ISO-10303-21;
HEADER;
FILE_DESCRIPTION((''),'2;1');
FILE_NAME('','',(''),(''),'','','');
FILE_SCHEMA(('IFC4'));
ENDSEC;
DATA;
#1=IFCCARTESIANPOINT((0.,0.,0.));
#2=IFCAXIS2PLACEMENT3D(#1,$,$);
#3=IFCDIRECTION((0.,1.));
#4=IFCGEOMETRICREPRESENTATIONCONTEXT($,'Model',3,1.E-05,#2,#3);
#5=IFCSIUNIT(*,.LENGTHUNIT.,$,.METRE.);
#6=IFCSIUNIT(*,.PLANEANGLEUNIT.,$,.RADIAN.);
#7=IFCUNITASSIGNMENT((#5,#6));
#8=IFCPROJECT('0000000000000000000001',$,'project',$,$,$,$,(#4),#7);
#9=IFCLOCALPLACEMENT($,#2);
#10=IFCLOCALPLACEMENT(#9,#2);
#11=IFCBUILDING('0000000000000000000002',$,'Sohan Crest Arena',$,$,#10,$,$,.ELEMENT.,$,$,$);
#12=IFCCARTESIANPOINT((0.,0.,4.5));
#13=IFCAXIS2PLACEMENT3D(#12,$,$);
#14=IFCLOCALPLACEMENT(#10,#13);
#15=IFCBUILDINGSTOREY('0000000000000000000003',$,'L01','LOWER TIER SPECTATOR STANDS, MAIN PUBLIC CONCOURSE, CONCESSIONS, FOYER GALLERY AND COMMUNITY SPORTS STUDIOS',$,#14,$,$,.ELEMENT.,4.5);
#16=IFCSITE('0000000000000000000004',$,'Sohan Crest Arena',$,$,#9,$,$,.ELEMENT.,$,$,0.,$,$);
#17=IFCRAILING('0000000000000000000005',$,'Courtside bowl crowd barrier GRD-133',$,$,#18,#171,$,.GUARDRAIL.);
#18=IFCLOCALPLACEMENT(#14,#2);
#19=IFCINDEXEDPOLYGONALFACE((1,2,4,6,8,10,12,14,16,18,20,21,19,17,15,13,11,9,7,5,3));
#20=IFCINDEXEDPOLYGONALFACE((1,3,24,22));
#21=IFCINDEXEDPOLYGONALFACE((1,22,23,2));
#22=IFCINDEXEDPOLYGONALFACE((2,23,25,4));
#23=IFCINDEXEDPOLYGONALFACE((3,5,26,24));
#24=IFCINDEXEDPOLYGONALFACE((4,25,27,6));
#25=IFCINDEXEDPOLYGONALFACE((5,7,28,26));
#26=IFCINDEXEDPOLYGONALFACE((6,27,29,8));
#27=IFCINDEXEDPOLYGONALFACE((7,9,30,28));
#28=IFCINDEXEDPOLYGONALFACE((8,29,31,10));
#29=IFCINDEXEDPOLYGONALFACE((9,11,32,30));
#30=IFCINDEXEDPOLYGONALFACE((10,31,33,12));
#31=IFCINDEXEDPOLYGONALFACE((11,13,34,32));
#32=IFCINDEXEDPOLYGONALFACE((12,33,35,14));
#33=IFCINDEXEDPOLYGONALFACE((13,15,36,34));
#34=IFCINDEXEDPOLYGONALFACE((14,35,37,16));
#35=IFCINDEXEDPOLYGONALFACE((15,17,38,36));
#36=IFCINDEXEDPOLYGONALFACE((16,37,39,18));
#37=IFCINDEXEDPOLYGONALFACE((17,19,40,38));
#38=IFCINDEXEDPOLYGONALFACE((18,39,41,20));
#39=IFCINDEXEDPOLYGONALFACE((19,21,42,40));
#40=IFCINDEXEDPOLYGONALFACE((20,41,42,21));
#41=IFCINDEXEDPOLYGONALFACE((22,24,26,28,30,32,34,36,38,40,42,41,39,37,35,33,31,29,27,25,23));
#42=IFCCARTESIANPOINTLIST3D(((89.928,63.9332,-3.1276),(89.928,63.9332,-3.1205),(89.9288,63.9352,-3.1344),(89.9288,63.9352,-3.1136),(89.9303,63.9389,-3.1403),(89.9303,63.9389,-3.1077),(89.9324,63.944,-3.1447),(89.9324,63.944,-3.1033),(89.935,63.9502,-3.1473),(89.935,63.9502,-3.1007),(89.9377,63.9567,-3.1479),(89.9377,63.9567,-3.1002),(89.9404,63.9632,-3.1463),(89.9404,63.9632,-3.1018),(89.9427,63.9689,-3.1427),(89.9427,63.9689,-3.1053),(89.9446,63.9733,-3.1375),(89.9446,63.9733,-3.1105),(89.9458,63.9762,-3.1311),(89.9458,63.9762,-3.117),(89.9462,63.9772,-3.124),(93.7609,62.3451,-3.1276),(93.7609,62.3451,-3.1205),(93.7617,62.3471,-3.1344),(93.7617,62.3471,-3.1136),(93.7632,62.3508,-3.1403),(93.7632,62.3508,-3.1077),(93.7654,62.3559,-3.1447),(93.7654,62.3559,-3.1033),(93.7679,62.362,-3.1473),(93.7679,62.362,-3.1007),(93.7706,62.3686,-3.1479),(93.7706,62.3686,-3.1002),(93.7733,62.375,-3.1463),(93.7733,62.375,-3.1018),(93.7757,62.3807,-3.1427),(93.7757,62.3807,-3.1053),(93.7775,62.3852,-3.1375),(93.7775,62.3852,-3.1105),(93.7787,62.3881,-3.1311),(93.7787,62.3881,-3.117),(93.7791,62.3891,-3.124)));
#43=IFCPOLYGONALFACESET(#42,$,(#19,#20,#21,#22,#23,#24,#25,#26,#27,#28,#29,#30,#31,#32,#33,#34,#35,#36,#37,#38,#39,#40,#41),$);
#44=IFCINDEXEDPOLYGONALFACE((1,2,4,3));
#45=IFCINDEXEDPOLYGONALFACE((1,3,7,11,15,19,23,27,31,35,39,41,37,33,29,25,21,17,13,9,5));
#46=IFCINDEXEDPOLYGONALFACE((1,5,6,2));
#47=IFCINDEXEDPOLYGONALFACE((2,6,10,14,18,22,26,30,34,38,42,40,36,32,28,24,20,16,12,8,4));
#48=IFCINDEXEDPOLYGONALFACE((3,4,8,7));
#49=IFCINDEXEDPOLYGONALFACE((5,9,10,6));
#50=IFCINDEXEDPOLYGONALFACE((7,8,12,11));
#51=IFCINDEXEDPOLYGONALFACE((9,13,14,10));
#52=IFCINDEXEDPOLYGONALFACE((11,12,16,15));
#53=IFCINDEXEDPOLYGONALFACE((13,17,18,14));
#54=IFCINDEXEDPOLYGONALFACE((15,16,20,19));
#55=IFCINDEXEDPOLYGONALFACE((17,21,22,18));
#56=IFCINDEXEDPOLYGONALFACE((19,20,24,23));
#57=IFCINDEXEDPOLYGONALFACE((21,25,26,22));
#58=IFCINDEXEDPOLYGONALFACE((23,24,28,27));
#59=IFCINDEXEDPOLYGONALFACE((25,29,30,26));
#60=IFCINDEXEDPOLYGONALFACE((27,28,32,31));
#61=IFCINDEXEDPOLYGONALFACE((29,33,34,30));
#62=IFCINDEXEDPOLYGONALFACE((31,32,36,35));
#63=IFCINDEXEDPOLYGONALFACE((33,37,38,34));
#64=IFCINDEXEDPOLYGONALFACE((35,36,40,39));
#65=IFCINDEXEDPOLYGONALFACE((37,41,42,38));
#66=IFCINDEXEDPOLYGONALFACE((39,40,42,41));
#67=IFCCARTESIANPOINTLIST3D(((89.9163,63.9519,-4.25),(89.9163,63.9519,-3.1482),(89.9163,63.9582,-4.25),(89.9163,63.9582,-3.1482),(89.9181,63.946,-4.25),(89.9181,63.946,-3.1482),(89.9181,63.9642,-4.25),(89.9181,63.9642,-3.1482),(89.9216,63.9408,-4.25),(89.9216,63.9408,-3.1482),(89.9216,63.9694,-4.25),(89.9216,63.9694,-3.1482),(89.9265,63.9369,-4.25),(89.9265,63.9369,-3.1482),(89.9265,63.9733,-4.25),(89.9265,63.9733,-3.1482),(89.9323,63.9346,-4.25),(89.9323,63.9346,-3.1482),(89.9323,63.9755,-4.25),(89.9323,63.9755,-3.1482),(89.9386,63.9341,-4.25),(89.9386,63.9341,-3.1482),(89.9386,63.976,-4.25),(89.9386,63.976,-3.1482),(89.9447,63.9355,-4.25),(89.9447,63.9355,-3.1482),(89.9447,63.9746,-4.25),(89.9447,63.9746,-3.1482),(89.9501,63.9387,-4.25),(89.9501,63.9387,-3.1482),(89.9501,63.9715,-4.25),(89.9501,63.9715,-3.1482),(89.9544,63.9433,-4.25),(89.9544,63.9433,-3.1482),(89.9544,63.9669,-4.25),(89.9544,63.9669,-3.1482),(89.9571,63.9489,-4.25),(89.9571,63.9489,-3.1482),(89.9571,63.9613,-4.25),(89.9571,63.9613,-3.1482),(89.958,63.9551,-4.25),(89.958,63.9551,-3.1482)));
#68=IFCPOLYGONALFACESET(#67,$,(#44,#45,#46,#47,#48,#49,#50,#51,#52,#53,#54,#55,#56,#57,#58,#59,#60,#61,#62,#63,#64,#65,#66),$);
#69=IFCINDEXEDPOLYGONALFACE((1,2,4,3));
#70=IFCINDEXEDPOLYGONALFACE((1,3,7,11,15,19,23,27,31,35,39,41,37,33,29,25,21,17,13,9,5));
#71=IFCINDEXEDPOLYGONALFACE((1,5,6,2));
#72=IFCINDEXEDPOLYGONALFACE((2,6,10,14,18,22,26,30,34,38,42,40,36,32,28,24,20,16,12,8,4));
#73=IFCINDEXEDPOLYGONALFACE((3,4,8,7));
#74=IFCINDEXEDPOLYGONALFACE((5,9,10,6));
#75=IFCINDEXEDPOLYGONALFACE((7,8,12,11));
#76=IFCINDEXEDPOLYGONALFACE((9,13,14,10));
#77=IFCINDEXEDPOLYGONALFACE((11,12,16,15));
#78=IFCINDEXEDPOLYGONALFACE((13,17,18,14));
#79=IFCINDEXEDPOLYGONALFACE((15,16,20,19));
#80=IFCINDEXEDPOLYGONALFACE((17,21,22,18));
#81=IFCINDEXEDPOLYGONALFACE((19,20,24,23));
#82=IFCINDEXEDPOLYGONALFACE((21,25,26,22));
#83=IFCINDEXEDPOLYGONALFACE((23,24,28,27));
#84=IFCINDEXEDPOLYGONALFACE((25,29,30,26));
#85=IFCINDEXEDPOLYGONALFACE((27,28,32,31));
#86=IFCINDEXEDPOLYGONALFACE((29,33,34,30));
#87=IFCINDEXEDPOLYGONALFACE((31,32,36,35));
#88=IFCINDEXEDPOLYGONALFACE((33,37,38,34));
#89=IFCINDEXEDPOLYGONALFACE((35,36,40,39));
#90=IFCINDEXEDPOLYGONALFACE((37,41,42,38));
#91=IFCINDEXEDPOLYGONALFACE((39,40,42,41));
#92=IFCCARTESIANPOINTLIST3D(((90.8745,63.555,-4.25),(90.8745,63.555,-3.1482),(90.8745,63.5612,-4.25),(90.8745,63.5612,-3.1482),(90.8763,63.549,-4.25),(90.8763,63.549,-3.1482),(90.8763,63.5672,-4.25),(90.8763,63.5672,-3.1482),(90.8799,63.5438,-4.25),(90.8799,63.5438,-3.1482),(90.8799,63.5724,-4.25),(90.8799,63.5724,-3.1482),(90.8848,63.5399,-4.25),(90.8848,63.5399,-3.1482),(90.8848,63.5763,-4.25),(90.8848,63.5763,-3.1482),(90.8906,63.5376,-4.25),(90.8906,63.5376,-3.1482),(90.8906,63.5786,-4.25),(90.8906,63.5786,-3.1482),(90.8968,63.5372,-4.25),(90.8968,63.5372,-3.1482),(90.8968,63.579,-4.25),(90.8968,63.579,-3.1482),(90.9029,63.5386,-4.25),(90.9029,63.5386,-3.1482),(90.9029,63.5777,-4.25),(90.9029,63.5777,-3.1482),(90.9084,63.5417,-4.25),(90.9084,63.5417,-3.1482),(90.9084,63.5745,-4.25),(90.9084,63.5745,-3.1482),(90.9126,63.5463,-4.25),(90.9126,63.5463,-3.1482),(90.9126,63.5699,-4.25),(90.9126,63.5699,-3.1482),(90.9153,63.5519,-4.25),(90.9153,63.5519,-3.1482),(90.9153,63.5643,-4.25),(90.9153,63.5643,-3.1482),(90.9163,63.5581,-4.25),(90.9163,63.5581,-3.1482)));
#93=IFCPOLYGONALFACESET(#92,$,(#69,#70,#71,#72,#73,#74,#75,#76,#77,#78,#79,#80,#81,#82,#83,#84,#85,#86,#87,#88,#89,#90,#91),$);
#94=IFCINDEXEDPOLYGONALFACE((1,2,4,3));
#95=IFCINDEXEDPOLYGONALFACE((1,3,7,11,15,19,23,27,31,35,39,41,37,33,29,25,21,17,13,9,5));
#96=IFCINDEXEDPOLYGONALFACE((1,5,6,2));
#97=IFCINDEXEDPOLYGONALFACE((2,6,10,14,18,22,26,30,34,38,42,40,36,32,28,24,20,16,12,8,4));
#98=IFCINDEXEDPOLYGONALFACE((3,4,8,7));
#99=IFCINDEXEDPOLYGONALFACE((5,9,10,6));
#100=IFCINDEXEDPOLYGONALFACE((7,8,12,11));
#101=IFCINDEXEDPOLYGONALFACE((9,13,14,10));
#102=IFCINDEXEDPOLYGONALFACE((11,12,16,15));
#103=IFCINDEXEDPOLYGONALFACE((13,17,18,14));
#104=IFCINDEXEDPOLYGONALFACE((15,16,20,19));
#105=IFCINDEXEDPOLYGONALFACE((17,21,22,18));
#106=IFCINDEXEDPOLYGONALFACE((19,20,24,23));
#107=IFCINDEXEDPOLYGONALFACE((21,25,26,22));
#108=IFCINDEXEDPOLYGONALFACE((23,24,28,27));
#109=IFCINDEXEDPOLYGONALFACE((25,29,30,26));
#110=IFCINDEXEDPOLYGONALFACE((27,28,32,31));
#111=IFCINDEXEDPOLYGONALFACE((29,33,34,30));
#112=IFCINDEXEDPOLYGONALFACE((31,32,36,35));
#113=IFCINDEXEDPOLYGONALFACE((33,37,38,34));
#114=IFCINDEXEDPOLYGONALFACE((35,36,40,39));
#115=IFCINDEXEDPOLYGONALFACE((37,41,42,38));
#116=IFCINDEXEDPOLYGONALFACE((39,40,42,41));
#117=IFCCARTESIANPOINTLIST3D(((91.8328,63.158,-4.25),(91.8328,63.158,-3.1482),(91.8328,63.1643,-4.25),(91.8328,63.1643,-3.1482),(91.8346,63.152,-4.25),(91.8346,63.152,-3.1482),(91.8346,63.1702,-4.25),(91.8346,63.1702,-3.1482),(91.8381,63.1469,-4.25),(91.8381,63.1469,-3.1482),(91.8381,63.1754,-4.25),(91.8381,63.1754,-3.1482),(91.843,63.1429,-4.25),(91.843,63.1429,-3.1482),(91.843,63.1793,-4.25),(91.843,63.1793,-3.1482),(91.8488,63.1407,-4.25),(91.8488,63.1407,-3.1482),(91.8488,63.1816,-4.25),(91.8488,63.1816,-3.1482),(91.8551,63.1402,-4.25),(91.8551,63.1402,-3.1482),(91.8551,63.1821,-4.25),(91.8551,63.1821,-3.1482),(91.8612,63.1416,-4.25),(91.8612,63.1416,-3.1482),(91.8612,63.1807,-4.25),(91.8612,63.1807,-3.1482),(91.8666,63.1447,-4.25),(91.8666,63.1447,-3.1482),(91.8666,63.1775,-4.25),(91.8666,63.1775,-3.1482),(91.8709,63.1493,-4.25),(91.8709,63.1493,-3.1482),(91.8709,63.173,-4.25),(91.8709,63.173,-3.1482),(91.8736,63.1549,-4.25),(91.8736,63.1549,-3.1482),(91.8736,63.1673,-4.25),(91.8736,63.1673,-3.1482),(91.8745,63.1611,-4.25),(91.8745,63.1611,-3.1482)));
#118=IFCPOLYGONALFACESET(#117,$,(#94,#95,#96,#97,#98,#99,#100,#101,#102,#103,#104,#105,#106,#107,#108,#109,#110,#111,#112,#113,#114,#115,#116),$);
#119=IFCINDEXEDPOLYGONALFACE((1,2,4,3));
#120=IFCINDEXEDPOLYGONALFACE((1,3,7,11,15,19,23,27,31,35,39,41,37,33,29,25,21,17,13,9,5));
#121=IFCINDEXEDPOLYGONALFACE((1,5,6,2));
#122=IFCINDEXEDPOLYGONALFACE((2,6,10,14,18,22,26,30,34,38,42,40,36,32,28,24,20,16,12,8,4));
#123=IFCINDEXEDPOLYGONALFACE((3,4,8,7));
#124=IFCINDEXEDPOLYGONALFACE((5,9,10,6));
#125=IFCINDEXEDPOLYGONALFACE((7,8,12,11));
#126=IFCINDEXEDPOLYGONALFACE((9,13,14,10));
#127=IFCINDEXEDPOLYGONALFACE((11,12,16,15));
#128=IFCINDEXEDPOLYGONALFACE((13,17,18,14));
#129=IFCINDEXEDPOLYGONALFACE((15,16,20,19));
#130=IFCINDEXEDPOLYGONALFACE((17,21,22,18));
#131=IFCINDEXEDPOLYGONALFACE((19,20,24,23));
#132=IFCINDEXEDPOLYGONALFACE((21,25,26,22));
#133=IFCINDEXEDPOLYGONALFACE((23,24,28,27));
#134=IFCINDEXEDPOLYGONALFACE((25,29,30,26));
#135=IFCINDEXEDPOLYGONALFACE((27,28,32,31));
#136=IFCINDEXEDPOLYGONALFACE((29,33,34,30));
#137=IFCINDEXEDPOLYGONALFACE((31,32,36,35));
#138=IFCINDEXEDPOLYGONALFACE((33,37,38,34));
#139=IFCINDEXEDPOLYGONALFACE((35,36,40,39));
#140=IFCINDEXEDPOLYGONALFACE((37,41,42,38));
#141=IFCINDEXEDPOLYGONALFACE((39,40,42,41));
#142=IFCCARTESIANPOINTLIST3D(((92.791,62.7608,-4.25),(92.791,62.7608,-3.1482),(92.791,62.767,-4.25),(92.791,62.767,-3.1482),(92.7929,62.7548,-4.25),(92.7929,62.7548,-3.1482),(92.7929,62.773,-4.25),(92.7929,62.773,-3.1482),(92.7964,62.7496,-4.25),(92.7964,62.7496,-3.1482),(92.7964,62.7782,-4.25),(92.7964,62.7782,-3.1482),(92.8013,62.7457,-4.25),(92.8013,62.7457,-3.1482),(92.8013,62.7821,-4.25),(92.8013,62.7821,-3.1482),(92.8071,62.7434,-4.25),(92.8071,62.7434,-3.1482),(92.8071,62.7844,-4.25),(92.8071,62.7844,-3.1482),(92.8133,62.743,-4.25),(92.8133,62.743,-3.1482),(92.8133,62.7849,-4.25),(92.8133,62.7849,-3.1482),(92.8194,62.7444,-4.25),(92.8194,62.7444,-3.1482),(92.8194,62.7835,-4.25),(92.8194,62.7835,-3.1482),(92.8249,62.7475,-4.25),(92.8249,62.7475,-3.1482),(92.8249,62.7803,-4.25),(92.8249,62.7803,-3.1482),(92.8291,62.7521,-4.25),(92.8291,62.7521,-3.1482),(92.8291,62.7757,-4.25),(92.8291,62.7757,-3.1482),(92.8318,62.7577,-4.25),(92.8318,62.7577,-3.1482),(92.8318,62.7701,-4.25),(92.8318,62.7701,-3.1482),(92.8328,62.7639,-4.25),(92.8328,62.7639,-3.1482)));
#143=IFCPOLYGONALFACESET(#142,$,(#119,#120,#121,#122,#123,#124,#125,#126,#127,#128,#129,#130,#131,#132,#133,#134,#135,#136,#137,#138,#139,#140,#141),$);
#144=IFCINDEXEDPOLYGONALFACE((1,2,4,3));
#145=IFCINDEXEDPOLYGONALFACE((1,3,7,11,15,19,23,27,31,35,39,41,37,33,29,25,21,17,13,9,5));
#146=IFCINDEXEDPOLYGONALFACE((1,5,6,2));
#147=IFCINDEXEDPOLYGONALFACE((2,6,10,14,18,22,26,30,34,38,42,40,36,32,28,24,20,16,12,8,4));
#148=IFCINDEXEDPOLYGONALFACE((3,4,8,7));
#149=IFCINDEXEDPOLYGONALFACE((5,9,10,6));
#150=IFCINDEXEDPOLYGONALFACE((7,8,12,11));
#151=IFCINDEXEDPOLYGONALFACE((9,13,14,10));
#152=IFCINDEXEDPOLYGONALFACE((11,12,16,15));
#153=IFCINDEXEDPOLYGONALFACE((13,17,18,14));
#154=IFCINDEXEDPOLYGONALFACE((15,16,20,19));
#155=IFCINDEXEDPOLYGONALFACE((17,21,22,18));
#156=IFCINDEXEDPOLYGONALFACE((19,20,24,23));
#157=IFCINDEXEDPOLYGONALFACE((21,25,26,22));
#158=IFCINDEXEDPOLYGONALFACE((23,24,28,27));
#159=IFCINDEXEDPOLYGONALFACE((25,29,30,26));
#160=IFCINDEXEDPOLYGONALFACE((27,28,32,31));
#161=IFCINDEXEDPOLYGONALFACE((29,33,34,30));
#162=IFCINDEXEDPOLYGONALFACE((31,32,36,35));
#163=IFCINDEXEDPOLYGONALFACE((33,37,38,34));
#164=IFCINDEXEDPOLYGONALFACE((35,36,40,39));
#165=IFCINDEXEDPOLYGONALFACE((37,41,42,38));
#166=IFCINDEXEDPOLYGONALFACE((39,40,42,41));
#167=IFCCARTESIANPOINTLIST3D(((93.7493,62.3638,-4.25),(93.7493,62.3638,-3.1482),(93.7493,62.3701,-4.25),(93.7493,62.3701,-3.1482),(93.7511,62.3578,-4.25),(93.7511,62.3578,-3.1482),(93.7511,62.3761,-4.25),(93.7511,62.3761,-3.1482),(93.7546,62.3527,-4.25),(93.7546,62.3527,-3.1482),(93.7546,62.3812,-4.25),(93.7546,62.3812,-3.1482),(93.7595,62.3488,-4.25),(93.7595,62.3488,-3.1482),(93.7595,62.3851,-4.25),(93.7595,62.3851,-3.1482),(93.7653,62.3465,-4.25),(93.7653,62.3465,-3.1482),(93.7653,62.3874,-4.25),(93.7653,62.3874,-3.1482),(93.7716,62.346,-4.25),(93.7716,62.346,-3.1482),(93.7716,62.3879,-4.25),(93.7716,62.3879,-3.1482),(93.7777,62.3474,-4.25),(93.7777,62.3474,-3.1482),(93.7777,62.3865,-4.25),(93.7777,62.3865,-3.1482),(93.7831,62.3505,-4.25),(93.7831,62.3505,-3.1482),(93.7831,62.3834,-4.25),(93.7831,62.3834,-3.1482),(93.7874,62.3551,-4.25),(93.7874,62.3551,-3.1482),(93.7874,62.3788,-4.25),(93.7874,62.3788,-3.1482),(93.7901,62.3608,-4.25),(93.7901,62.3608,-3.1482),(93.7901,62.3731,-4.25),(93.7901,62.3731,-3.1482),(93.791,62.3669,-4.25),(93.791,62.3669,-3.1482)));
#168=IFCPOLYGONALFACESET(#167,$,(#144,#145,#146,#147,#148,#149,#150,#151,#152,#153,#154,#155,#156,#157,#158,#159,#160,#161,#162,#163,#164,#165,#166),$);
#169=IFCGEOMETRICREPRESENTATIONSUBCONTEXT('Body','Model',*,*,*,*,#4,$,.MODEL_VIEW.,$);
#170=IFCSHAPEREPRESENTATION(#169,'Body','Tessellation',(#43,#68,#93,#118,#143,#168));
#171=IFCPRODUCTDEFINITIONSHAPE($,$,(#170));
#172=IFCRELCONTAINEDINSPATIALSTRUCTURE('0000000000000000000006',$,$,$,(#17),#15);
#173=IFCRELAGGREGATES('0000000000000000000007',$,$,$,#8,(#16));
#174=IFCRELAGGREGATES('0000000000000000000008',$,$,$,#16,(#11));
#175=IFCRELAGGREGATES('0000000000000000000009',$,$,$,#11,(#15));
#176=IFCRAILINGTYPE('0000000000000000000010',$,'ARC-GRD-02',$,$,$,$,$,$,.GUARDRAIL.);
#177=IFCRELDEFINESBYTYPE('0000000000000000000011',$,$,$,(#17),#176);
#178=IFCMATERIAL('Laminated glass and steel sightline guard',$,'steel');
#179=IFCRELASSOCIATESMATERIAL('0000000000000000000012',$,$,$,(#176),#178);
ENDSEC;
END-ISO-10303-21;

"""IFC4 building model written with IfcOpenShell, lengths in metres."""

from ifc_helpers import new_model, si_unit, direction, frame, origin, origin_2d, place, context, subcontext, project, spatial, circle, extrude, material, type_object, element, save


model = new_model("IFC4")

# Units and contexts
model_context = context("Model", 3, precision=1e-05, world=origin(), true_north=direction((0.0, 1.0)))
body_context = subcontext(model_context, "Body", "Model", "MODEL_VIEW")
ifc_project = project(units=[si_unit("LENGTHUNIT", "METRE"), si_unit("PLANEANGLEUNIT", "RADIAN")], contexts=[model_context])

# Site, building, storey
site_placement = place(None, origin())
site = spatial("IfcSite", under=ifc_project, at=site_placement, Name="Sohan Crest Arena", CompositionType="ELEMENT", RefElevation=0.0)
building_placement = place(site_placement, origin())
building = spatial("IfcBuilding", under=site, at=building_placement, Name="Sohan Crest Arena", CompositionType="ELEMENT")
storey_placement = place(building_placement, frame((0.0, 0.0, 4.5)))
storey = spatial("IfcBuildingStorey", under=building, at=storey_placement, Name="L01", Description="LOWER TIER SPECTATOR STANDS, MAIN PUBLIC CONCOURSE, CONCESSIONS, FOYER GALLERY AND COMMUNITY SPORTS STUDIOS", CompositionType="ELEMENT", Elevation=4.5)

# Railing
ifc_material_1 = material(Name="Laminated glass and steel sightline guard", Category="steel")
railing_type = type_object("IfcRailingType", Name="ARC-GRD-02", PredefinedType="GUARDRAIL", material=ifc_material_1)
railing_1_placement = place(storey_placement, frame((89.937, 63.9551, -4.25)))
element("IfcRailing", 1, at=railing_1_placement, inside=storey, type_object=railing_type, Name="Courtside bowl crowd barrier GRD-133", PredefinedType="GUARDRAIL", context=body_context, shape_type="SweptSolid", body=[
    extrude(circle(Radius=0.0239, at=origin_2d()), frame((0.0, 0.0, 1.126), z_axis=(0.923841, -0.382776, 0.0), x_axis=(0.382776, 0.923841, 0.0)), (0.0, 0.0, 1.0), 4.1489),
    extrude(circle(Radius=0.021, at=origin_2d()), origin(), (0.0, 0.0, 1.0), 1.1018),
    extrude(circle(Radius=0.021, at=origin_2d()), frame((0.9583, -0.397, 0.0)), (0.0, 0.0, 1.0), 1.1018),
    extrude(circle(Radius=0.021, at=origin_2d()), frame((1.9165, -0.7939, 0.0)), (0.0, 0.0, 1.0), 1.1018),
    extrude(circle(Radius=0.021, at=origin_2d()), frame((2.8748, -1.1912, 0.0)), (0.0, 0.0, 1.0), 1.1018),
    extrude(circle(Radius=0.021, at=origin_2d()), frame((3.833, -1.5881, 0.0)), (0.0, 0.0, 1.0), 1.1018),
])

save(model, "model.ifc")
